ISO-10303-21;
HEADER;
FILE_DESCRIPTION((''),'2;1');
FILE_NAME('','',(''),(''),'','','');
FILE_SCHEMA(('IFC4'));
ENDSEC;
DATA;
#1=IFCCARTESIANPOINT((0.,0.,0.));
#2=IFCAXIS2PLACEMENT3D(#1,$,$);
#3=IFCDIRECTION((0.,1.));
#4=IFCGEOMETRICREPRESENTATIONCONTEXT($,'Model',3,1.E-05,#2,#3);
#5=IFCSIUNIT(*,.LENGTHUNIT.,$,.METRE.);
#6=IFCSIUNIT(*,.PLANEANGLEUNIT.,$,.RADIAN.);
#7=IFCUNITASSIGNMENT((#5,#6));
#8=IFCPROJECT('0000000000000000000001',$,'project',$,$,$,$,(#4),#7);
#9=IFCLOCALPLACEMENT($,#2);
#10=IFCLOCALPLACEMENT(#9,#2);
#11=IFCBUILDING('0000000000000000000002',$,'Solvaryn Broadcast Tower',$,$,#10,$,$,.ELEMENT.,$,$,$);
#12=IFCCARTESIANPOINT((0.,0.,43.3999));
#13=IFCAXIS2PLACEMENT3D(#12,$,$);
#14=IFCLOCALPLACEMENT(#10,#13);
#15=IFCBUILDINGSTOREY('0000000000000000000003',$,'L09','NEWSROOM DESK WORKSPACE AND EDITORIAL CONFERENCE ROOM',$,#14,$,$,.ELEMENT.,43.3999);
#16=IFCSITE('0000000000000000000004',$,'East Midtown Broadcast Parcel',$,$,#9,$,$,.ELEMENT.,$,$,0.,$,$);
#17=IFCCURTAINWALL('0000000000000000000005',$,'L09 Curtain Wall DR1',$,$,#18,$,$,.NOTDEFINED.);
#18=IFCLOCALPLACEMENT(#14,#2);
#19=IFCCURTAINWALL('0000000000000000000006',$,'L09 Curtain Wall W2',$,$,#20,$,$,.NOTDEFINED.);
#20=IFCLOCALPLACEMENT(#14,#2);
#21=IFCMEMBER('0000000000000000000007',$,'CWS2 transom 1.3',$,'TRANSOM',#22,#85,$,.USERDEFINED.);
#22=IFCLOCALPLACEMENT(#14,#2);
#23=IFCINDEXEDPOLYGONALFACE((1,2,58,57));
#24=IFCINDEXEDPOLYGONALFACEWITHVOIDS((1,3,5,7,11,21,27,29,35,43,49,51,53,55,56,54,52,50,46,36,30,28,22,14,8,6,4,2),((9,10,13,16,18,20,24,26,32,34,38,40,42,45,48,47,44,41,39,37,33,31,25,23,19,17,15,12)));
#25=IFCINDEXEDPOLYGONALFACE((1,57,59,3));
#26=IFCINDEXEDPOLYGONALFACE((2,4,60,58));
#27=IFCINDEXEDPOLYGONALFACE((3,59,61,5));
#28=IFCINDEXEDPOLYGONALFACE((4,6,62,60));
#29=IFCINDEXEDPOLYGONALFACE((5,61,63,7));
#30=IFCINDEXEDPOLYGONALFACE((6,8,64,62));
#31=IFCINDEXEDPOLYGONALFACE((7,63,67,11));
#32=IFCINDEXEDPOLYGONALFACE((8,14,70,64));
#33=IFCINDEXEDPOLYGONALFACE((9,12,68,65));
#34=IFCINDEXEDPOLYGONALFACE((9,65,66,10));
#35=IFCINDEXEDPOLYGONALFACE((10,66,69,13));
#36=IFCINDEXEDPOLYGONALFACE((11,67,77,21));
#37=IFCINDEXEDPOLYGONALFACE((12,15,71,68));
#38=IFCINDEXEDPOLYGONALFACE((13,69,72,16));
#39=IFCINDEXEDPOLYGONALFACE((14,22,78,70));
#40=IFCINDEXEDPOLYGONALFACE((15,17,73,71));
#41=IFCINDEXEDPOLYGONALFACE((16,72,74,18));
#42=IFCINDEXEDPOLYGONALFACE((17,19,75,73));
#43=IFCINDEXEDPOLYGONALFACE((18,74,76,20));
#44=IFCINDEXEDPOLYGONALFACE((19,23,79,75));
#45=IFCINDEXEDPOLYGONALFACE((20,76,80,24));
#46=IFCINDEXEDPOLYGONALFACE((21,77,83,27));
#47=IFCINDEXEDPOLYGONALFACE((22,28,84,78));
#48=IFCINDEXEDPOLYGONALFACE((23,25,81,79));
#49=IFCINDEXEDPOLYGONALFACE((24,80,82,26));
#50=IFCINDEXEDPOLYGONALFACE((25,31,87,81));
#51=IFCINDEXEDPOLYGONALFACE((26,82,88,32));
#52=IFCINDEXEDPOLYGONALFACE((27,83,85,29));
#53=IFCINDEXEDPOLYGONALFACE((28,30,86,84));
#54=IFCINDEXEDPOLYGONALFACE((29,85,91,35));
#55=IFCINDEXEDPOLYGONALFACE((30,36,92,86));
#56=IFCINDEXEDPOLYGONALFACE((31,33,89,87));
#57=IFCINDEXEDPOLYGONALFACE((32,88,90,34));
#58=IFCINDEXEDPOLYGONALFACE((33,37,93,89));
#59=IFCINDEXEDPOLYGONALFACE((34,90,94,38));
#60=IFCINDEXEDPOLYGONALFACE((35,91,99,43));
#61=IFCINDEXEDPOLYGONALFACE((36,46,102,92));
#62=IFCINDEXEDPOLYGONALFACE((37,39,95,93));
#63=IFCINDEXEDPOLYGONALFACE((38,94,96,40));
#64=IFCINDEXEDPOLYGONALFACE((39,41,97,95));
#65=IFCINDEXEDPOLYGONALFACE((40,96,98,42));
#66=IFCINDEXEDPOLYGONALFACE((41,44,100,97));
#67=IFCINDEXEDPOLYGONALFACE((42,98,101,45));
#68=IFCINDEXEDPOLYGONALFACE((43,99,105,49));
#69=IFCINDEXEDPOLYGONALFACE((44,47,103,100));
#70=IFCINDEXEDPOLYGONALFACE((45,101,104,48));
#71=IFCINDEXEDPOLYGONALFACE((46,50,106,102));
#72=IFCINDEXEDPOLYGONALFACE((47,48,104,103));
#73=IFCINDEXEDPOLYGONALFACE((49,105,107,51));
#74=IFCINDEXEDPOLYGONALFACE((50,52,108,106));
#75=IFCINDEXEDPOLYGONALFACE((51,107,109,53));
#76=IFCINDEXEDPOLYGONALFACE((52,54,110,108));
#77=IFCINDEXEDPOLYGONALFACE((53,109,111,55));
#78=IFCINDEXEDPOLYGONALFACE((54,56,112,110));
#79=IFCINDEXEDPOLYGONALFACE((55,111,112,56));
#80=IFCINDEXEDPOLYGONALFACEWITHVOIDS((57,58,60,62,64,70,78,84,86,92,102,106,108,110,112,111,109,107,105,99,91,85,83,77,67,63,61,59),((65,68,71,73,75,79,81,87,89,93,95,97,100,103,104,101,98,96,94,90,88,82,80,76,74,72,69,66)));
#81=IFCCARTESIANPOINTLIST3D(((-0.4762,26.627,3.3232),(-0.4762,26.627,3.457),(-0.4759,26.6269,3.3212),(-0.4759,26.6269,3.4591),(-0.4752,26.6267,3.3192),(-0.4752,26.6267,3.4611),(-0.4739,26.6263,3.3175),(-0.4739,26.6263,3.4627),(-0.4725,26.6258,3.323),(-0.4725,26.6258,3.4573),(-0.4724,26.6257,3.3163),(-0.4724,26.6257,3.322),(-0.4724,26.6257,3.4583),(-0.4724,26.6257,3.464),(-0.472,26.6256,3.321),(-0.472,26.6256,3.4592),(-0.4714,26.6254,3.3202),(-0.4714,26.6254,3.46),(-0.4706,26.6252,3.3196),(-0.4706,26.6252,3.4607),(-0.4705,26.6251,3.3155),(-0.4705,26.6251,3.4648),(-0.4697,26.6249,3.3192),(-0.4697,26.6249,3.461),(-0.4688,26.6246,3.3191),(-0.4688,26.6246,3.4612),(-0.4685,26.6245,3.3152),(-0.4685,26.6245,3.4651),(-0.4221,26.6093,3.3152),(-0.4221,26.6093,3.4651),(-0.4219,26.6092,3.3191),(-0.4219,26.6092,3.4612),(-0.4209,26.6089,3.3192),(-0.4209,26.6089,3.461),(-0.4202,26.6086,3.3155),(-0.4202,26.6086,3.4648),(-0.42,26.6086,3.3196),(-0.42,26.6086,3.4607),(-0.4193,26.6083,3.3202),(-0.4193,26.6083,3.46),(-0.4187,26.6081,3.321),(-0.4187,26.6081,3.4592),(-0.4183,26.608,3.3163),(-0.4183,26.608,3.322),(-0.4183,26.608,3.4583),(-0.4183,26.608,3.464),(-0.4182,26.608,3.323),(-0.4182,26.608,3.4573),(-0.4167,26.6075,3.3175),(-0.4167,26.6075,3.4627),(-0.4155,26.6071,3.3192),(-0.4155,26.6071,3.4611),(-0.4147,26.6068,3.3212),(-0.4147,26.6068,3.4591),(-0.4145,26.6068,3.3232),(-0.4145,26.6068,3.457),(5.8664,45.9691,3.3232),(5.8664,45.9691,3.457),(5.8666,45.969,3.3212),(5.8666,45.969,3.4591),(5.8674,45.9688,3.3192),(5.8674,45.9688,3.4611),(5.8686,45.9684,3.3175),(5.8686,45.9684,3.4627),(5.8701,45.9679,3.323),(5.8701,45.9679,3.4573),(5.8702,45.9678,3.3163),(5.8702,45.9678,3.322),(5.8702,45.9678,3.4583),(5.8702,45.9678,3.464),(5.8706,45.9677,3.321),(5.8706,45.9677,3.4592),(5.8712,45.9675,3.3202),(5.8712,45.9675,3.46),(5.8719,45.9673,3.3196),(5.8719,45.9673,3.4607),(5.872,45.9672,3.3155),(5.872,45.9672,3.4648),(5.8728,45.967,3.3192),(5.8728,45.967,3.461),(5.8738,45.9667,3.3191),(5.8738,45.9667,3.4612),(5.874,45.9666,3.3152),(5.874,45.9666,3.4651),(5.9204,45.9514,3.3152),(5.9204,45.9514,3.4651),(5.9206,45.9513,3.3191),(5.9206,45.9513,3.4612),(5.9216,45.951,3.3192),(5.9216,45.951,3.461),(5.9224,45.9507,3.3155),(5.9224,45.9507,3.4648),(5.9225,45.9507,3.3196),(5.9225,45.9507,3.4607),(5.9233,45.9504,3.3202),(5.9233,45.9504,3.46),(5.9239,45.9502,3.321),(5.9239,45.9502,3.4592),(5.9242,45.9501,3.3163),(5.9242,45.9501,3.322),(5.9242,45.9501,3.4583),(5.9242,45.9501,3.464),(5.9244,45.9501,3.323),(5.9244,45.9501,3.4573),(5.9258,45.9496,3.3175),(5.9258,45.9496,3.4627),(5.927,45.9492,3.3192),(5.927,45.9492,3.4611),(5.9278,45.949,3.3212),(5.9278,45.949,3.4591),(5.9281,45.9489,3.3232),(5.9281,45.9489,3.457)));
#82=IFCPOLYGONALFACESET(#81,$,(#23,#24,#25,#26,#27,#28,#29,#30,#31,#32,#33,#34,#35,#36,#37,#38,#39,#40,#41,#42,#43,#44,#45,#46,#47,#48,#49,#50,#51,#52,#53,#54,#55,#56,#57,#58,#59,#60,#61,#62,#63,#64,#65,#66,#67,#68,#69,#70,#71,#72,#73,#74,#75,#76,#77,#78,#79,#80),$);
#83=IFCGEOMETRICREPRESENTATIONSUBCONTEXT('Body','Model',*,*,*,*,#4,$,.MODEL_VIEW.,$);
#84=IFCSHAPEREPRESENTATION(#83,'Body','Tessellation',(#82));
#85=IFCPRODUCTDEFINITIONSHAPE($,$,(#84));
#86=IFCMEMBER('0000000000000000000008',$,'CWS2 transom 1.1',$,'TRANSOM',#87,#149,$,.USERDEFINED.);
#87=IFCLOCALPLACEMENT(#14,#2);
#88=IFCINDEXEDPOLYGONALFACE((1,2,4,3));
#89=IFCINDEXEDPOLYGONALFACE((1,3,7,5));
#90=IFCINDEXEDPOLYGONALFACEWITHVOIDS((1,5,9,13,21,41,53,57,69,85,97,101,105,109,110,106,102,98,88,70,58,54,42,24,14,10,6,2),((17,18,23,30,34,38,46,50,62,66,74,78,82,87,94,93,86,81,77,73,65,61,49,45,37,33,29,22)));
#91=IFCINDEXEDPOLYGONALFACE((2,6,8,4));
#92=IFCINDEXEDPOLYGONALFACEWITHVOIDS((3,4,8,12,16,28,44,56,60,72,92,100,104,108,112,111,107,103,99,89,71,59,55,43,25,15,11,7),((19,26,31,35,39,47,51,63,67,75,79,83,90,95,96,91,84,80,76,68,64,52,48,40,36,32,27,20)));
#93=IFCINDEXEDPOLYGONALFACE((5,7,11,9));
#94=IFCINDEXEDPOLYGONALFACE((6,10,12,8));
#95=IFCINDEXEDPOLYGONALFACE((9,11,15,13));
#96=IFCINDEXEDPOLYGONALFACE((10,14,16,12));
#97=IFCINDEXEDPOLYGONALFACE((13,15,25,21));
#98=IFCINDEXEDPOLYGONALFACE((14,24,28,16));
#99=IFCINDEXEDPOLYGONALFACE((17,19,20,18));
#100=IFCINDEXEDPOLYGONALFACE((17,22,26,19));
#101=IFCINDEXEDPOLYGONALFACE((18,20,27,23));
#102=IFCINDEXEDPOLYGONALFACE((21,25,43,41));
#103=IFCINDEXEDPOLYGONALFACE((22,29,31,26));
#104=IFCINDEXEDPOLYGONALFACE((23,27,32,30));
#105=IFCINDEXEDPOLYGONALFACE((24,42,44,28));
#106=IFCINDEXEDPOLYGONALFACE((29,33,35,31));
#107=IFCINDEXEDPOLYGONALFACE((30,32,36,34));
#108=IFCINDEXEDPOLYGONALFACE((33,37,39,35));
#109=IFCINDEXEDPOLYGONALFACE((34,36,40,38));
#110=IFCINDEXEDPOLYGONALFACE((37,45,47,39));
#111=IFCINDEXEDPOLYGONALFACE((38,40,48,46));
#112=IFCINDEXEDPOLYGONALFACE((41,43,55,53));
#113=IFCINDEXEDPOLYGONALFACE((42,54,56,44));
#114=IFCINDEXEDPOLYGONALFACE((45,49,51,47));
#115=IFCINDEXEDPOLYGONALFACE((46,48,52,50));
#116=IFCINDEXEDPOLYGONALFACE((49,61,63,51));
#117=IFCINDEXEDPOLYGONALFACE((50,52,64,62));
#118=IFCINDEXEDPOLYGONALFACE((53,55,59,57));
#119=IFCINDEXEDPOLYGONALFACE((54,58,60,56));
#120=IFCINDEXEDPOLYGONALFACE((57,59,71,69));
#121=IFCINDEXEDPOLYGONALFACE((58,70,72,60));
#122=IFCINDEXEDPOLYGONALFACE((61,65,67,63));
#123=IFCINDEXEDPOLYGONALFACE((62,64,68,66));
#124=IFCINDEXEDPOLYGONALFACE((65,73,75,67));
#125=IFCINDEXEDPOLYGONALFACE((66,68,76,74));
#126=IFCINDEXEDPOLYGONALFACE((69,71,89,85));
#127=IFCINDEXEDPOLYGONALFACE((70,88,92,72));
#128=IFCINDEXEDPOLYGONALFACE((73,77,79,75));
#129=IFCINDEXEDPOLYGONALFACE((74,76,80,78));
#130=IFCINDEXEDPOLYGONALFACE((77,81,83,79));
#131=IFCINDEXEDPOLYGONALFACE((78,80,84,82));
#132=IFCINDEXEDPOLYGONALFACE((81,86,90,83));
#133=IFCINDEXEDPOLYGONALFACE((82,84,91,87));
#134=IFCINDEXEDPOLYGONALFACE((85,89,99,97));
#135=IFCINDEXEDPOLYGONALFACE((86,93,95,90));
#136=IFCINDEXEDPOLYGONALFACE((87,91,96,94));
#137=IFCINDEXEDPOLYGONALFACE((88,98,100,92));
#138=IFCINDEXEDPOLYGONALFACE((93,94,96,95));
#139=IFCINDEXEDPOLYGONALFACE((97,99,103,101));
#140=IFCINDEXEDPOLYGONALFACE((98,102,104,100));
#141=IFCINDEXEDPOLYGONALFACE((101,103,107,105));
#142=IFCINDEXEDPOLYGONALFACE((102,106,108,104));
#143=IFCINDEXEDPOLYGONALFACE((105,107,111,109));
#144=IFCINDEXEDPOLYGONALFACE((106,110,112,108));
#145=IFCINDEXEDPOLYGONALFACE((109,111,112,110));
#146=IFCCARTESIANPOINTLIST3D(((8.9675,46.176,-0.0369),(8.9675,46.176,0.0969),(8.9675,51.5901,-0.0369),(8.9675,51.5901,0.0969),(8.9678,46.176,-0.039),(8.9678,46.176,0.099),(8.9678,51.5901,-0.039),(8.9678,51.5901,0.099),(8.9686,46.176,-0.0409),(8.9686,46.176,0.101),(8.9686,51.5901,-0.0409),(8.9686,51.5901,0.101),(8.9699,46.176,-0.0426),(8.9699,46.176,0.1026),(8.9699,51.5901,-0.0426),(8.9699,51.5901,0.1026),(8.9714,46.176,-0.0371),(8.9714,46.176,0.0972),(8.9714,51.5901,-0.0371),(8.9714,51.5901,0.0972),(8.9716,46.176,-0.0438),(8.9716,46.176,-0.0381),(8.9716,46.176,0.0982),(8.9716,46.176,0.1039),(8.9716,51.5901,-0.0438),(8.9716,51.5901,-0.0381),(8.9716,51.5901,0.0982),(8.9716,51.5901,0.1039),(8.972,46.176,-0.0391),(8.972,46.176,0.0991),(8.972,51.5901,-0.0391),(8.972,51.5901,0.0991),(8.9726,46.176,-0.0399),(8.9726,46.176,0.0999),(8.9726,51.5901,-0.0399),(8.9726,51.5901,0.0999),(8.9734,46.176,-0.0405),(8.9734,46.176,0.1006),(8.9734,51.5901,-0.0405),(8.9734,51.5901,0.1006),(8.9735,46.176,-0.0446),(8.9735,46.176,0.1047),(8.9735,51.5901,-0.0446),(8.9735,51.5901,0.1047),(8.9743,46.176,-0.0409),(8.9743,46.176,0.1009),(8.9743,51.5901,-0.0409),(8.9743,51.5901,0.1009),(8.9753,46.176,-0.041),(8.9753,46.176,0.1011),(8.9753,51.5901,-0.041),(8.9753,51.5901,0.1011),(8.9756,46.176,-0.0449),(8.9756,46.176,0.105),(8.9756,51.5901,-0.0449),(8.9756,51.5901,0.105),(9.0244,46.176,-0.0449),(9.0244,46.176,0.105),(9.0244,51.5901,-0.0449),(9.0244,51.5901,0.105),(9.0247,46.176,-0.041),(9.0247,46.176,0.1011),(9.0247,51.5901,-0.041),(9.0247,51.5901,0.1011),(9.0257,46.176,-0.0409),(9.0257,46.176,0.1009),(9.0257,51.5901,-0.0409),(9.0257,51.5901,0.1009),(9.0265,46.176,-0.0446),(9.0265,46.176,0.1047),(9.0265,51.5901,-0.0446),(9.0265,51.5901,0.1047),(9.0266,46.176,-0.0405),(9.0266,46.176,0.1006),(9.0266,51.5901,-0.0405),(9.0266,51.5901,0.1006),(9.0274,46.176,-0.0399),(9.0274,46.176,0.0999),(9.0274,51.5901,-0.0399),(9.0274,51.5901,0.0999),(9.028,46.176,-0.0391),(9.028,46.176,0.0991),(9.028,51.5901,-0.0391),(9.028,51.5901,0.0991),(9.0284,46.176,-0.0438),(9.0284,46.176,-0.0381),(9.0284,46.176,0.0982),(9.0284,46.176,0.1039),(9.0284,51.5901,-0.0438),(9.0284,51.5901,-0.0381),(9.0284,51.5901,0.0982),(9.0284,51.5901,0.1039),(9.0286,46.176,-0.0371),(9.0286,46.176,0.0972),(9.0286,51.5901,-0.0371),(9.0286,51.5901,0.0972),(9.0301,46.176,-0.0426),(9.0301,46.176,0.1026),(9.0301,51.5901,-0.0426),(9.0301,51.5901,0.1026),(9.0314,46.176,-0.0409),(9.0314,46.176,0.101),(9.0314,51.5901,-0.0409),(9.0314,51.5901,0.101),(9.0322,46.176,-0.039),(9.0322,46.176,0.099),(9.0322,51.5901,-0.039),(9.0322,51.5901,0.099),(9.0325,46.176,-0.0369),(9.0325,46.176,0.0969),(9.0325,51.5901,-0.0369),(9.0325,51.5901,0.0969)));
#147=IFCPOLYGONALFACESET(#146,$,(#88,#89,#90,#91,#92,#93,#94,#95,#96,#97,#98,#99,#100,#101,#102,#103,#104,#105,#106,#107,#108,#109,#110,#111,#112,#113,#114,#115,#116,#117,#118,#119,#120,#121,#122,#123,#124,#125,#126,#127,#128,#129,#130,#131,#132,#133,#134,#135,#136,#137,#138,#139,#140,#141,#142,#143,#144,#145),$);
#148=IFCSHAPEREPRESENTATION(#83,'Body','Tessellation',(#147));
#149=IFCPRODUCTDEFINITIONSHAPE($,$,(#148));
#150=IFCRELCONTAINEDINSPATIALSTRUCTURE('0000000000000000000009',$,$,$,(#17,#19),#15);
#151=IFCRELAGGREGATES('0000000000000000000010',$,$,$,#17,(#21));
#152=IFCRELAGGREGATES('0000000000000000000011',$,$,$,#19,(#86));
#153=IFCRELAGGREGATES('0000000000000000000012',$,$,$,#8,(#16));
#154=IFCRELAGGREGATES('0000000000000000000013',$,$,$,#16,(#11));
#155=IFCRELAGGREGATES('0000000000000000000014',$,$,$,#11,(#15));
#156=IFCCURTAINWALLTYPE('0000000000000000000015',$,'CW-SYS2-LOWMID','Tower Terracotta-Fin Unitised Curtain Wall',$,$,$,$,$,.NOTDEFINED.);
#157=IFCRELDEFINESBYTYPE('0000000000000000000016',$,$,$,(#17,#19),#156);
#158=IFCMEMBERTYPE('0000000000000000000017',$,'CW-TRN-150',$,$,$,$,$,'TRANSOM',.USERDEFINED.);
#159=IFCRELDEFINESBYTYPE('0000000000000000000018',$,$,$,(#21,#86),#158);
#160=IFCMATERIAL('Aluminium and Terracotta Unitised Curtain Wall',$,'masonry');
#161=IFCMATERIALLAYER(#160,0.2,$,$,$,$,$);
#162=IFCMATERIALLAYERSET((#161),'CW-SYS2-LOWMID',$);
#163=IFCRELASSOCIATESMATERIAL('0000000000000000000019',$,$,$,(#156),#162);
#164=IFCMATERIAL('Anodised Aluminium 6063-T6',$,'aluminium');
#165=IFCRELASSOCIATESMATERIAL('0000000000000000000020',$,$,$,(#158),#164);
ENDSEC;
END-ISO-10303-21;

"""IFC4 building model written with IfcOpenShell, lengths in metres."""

from ifc_helpers import new_model, si_unit, direction, frame, origin, origin_2d, place, context, subcontext, project, spatial, hollow_rectangle, extrude, material, layer, layer_set, material_profile, profile_set, type_object, element, aggregate, save


model = new_model("IFC4")

# Units and contexts
model_context = context("Model", 3, precision=1e-05, world=origin(), true_north=direction((0.0, 1.0)))
body_context = subcontext(model_context, "Body", "Model", "MODEL_VIEW")
ifc_project = project(units=[si_unit("LENGTHUNIT", "METRE"), si_unit("PLANEANGLEUNIT", "RADIAN")], contexts=[model_context])

# Site, building, storey
site_placement = place(None, origin())
site = spatial("IfcSite", under=ifc_project, at=site_placement, Name="East Midtown Broadcast Parcel", CompositionType="ELEMENT", RefElevation=0.0)
building_placement = place(site_placement, origin())
building = spatial("IfcBuilding", under=site, at=building_placement, Name="Solvaryn Broadcast Tower", CompositionType="ELEMENT")
storey_placement = place(building_placement, frame((0.0, 0.0, 43.3999)))
storey = spatial("IfcBuildingStorey", under=building, at=storey_placement, Name="L09", Description="NEWSROOM DESK WORKSPACE AND EDITORIAL CONFERENCE ROOM", CompositionType="ELEMENT", Elevation=43.3999)

# Curtain wall
ifc_material_1 = material(Name="Aluminium and Terracotta Unitised Curtain Wall", Category="masonry")
ifc_layer_1 = layer(ifc_material_1, 0.2)
ifc_layer_set_1 = layer_set([ifc_layer_1], Name="CW-SYS2-LOWMID")
curtain_wall_type = type_object("IfcCurtainWallType", Name="CW-SYS2-LOWMID", Description="Tower Terracotta-Fin Unitised Curtain Wall", PredefinedType="NOTDEFINED", material=ifc_layer_set_1)
curtain_wall_1_placement = place(storey_placement, origin())
curtain_wall_1 = element("IfcCurtainWall", 1, at=curtain_wall_1_placement, inside=storey, type_object=curtain_wall_type, Name="L09 Curtain Wall DR1", PredefinedType="NOTDEFINED")

# Curtain wall
curtain_wall_2_placement = place(storey_placement, origin())
curtain_wall_2 = element("IfcCurtainWall", 2, at=curtain_wall_2_placement, inside=storey, type_object=curtain_wall_type, Name="L09 Curtain Wall W2", PredefinedType="NOTDEFINED")

# Members
ifc_material_2 = material(Name="Anodised Aluminium 6063-T6", Category="aluminium")
ifc_material_profile_1 = material_profile(ifc_material_2, hollow_rectangle(XDim=0.0649, YDim=0.1499, WallThickness=0.0039, InnerFilletRadius=0.0039, OuterFilletRadius=0.0081, at=origin_2d()))
ifc_profile_set_1 = profile_set([ifc_material_profile_1], Name="Anodised Aluminium 6063-T6")
member_type_1 = type_object("IfcMemberType", Name="CW-TRN-150", ElementType="TRANSOM", PredefinedType="USERDEFINED", material=ifc_profile_set_1)
member_1_placement = place(storey_placement, frame((5.8972, 45.959, 3.3901), z_axis=(-0.31159, -0.950217, 0.0), x_axis=(0.950217, -0.31159, 0.0)))
member_1 = element("IfcMember", 3, at=member_1_placement, type_object=member_type_1, Name="CWS2 transom 1.3", ObjectType="TRANSOM", PredefinedType="USERDEFINED", context=body_context, shape_type="SweptSolid", body=[
    extrude(hollow_rectangle(XDim=0.0649, YDim=0.1499, WallThickness=0.0039, InnerFilletRadius=0.0039, OuterFilletRadius=0.0081, at=origin_2d()), origin(), (0.0, 0.0, 1.0), 20.3555),
])
aggregate(curtain_wall_1, [member_1])
member_2_placement = place(storey_placement, frame((9.0, 46.176, 0.03), z_axis=(0.0, 1.0, 0.0), x_axis=(-1.0, 0.0, 0.0)))
member_2 = element("IfcMember", 4, at=member_2_placement, type_object=member_type_1, Name="CWS2 transom 1.1", ObjectType="TRANSOM", PredefinedType="USERDEFINED", context=body_context, shape_type="SweptSolid", body=[
    extrude(hollow_rectangle(XDim=0.0649, YDim=0.1499, WallThickness=0.0039, InnerFilletRadius=0.0039, OuterFilletRadius=0.0081, at=origin_2d()), origin(), (0.0, 0.0, 1.0), 5.4141),
])

aggregate(curtain_wall_2, [member_2])

save(model, "model.ifc")
